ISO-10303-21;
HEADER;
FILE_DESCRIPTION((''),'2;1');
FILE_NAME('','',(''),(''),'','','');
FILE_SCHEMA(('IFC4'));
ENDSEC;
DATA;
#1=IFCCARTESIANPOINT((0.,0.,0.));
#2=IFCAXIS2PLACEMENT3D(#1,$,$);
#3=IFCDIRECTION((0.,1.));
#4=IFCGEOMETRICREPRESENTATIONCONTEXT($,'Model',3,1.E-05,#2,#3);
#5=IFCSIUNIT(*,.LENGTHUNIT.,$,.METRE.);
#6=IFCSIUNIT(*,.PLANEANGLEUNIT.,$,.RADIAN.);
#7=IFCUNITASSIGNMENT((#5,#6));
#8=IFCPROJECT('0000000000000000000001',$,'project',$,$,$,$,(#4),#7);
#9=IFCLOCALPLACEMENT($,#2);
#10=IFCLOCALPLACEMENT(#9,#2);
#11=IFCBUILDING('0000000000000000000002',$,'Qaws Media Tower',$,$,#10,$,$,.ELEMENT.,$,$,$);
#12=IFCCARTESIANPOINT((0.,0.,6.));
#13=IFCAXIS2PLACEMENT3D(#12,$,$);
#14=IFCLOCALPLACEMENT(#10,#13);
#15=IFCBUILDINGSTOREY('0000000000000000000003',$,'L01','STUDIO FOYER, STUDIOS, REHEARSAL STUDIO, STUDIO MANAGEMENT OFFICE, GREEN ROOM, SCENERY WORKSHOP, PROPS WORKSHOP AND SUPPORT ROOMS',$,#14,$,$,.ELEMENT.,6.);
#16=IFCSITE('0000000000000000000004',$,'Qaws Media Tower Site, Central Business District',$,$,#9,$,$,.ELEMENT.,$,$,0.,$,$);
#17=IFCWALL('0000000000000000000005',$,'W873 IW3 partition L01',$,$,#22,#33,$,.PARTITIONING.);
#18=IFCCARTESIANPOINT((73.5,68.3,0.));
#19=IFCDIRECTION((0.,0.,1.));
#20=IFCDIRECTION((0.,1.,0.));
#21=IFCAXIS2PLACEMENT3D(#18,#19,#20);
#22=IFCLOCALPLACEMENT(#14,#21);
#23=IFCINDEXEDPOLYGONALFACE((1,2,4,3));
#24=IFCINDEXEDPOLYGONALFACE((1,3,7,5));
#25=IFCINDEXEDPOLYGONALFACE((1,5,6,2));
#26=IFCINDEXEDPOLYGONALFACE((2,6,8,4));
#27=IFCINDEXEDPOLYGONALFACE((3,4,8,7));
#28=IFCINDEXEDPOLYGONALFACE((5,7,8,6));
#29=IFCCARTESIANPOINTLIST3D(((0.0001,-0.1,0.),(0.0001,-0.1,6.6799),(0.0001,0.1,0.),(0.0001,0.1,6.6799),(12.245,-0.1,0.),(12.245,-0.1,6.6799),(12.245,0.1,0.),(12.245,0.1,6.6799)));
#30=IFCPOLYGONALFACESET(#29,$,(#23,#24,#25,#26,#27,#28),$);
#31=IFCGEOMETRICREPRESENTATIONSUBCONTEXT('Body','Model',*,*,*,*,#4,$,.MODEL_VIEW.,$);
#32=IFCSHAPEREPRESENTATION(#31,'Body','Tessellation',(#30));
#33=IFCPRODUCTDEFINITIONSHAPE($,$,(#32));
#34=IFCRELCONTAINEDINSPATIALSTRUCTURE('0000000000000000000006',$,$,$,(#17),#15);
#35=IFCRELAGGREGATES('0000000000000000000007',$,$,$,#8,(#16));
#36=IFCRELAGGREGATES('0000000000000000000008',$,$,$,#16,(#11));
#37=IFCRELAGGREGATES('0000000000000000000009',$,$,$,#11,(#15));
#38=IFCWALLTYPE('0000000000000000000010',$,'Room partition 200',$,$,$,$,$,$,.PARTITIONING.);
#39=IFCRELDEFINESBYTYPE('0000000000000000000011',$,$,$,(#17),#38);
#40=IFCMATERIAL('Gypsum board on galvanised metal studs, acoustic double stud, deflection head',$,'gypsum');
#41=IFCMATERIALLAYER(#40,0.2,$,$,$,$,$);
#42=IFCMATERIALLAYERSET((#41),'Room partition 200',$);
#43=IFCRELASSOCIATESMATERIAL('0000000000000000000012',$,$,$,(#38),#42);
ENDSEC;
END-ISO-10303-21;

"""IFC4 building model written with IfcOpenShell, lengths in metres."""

from ifc_helpers import new_model, si_unit, direction, frame, frame_2d, origin, place, context, subcontext, project, spatial, rectangle, extrude, material, layer, layer_set, type_object, element, save


model = new_model("IFC4")

# Units and contexts
model_context = context("Model", 3, precision=1e-05, world=origin(), true_north=direction((0.0, 1.0)))
body_context = subcontext(model_context, "Body", "Model", "MODEL_VIEW")
ifc_project = project(units=[si_unit("LENGTHUNIT", "METRE"), si_unit("PLANEANGLEUNIT", "RADIAN")], contexts=[model_context])

# Site, building, storey
site_placement = place(None, origin())
site = spatial("IfcSite", under=ifc_project, at=site_placement, Name="Qaws Media Tower Site, Central Business District", CompositionType="ELEMENT", RefElevation=0.0)
building_placement = place(site_placement, origin())
building = spatial("IfcBuilding", under=site, at=building_placement, Name="Qaws Media Tower", CompositionType="ELEMENT")
storey_placement = place(building_placement, frame((0.0, 0.0, 6.0)))
storey = spatial("IfcBuildingStorey", under=building, at=storey_placement, Name="L01", Description="STUDIO FOYER, STUDIOS, REHEARSAL STUDIO, STUDIO MANAGEMENT OFFICE, GREEN ROOM, SCENERY WORKSHOP, PROPS WORKSHOP AND SUPPORT ROOMS", CompositionType="ELEMENT", Elevation=6.0)

# Wall
ifc_material_1 = material(Name="Gypsum board on galvanised metal studs, acoustic double stud, deflection head", Category="gypsum")
ifc_layer = layer(ifc_material_1, 0.2)
ifc_layer_set = layer_set([ifc_layer], Name="Room partition 200")
wall_type = type_object("IfcWallType", Name="Room partition 200", PredefinedType="PARTITIONING", material=ifc_layer_set)
wall_1_placement = place(storey_placement, frame((73.5, 68.3, 0.0), z_axis=(0.0, 0.0, 1.0), x_axis=(0.0, 1.0, 0.0)))
element("IfcWall", 1, at=wall_1_placement, inside=storey, type_object=wall_type, Name="W873 IW3 partition L01", PredefinedType="PARTITIONING", context=body_context, shape_type="SweptSolid", body=[
    extrude(rectangle(XDim=12.2449, YDim=0.2, at=frame_2d((6.1226, 0.0))), origin(), (0.0, 0.0, 1.0), 6.6799),
])

save(model, "model.ifc")
